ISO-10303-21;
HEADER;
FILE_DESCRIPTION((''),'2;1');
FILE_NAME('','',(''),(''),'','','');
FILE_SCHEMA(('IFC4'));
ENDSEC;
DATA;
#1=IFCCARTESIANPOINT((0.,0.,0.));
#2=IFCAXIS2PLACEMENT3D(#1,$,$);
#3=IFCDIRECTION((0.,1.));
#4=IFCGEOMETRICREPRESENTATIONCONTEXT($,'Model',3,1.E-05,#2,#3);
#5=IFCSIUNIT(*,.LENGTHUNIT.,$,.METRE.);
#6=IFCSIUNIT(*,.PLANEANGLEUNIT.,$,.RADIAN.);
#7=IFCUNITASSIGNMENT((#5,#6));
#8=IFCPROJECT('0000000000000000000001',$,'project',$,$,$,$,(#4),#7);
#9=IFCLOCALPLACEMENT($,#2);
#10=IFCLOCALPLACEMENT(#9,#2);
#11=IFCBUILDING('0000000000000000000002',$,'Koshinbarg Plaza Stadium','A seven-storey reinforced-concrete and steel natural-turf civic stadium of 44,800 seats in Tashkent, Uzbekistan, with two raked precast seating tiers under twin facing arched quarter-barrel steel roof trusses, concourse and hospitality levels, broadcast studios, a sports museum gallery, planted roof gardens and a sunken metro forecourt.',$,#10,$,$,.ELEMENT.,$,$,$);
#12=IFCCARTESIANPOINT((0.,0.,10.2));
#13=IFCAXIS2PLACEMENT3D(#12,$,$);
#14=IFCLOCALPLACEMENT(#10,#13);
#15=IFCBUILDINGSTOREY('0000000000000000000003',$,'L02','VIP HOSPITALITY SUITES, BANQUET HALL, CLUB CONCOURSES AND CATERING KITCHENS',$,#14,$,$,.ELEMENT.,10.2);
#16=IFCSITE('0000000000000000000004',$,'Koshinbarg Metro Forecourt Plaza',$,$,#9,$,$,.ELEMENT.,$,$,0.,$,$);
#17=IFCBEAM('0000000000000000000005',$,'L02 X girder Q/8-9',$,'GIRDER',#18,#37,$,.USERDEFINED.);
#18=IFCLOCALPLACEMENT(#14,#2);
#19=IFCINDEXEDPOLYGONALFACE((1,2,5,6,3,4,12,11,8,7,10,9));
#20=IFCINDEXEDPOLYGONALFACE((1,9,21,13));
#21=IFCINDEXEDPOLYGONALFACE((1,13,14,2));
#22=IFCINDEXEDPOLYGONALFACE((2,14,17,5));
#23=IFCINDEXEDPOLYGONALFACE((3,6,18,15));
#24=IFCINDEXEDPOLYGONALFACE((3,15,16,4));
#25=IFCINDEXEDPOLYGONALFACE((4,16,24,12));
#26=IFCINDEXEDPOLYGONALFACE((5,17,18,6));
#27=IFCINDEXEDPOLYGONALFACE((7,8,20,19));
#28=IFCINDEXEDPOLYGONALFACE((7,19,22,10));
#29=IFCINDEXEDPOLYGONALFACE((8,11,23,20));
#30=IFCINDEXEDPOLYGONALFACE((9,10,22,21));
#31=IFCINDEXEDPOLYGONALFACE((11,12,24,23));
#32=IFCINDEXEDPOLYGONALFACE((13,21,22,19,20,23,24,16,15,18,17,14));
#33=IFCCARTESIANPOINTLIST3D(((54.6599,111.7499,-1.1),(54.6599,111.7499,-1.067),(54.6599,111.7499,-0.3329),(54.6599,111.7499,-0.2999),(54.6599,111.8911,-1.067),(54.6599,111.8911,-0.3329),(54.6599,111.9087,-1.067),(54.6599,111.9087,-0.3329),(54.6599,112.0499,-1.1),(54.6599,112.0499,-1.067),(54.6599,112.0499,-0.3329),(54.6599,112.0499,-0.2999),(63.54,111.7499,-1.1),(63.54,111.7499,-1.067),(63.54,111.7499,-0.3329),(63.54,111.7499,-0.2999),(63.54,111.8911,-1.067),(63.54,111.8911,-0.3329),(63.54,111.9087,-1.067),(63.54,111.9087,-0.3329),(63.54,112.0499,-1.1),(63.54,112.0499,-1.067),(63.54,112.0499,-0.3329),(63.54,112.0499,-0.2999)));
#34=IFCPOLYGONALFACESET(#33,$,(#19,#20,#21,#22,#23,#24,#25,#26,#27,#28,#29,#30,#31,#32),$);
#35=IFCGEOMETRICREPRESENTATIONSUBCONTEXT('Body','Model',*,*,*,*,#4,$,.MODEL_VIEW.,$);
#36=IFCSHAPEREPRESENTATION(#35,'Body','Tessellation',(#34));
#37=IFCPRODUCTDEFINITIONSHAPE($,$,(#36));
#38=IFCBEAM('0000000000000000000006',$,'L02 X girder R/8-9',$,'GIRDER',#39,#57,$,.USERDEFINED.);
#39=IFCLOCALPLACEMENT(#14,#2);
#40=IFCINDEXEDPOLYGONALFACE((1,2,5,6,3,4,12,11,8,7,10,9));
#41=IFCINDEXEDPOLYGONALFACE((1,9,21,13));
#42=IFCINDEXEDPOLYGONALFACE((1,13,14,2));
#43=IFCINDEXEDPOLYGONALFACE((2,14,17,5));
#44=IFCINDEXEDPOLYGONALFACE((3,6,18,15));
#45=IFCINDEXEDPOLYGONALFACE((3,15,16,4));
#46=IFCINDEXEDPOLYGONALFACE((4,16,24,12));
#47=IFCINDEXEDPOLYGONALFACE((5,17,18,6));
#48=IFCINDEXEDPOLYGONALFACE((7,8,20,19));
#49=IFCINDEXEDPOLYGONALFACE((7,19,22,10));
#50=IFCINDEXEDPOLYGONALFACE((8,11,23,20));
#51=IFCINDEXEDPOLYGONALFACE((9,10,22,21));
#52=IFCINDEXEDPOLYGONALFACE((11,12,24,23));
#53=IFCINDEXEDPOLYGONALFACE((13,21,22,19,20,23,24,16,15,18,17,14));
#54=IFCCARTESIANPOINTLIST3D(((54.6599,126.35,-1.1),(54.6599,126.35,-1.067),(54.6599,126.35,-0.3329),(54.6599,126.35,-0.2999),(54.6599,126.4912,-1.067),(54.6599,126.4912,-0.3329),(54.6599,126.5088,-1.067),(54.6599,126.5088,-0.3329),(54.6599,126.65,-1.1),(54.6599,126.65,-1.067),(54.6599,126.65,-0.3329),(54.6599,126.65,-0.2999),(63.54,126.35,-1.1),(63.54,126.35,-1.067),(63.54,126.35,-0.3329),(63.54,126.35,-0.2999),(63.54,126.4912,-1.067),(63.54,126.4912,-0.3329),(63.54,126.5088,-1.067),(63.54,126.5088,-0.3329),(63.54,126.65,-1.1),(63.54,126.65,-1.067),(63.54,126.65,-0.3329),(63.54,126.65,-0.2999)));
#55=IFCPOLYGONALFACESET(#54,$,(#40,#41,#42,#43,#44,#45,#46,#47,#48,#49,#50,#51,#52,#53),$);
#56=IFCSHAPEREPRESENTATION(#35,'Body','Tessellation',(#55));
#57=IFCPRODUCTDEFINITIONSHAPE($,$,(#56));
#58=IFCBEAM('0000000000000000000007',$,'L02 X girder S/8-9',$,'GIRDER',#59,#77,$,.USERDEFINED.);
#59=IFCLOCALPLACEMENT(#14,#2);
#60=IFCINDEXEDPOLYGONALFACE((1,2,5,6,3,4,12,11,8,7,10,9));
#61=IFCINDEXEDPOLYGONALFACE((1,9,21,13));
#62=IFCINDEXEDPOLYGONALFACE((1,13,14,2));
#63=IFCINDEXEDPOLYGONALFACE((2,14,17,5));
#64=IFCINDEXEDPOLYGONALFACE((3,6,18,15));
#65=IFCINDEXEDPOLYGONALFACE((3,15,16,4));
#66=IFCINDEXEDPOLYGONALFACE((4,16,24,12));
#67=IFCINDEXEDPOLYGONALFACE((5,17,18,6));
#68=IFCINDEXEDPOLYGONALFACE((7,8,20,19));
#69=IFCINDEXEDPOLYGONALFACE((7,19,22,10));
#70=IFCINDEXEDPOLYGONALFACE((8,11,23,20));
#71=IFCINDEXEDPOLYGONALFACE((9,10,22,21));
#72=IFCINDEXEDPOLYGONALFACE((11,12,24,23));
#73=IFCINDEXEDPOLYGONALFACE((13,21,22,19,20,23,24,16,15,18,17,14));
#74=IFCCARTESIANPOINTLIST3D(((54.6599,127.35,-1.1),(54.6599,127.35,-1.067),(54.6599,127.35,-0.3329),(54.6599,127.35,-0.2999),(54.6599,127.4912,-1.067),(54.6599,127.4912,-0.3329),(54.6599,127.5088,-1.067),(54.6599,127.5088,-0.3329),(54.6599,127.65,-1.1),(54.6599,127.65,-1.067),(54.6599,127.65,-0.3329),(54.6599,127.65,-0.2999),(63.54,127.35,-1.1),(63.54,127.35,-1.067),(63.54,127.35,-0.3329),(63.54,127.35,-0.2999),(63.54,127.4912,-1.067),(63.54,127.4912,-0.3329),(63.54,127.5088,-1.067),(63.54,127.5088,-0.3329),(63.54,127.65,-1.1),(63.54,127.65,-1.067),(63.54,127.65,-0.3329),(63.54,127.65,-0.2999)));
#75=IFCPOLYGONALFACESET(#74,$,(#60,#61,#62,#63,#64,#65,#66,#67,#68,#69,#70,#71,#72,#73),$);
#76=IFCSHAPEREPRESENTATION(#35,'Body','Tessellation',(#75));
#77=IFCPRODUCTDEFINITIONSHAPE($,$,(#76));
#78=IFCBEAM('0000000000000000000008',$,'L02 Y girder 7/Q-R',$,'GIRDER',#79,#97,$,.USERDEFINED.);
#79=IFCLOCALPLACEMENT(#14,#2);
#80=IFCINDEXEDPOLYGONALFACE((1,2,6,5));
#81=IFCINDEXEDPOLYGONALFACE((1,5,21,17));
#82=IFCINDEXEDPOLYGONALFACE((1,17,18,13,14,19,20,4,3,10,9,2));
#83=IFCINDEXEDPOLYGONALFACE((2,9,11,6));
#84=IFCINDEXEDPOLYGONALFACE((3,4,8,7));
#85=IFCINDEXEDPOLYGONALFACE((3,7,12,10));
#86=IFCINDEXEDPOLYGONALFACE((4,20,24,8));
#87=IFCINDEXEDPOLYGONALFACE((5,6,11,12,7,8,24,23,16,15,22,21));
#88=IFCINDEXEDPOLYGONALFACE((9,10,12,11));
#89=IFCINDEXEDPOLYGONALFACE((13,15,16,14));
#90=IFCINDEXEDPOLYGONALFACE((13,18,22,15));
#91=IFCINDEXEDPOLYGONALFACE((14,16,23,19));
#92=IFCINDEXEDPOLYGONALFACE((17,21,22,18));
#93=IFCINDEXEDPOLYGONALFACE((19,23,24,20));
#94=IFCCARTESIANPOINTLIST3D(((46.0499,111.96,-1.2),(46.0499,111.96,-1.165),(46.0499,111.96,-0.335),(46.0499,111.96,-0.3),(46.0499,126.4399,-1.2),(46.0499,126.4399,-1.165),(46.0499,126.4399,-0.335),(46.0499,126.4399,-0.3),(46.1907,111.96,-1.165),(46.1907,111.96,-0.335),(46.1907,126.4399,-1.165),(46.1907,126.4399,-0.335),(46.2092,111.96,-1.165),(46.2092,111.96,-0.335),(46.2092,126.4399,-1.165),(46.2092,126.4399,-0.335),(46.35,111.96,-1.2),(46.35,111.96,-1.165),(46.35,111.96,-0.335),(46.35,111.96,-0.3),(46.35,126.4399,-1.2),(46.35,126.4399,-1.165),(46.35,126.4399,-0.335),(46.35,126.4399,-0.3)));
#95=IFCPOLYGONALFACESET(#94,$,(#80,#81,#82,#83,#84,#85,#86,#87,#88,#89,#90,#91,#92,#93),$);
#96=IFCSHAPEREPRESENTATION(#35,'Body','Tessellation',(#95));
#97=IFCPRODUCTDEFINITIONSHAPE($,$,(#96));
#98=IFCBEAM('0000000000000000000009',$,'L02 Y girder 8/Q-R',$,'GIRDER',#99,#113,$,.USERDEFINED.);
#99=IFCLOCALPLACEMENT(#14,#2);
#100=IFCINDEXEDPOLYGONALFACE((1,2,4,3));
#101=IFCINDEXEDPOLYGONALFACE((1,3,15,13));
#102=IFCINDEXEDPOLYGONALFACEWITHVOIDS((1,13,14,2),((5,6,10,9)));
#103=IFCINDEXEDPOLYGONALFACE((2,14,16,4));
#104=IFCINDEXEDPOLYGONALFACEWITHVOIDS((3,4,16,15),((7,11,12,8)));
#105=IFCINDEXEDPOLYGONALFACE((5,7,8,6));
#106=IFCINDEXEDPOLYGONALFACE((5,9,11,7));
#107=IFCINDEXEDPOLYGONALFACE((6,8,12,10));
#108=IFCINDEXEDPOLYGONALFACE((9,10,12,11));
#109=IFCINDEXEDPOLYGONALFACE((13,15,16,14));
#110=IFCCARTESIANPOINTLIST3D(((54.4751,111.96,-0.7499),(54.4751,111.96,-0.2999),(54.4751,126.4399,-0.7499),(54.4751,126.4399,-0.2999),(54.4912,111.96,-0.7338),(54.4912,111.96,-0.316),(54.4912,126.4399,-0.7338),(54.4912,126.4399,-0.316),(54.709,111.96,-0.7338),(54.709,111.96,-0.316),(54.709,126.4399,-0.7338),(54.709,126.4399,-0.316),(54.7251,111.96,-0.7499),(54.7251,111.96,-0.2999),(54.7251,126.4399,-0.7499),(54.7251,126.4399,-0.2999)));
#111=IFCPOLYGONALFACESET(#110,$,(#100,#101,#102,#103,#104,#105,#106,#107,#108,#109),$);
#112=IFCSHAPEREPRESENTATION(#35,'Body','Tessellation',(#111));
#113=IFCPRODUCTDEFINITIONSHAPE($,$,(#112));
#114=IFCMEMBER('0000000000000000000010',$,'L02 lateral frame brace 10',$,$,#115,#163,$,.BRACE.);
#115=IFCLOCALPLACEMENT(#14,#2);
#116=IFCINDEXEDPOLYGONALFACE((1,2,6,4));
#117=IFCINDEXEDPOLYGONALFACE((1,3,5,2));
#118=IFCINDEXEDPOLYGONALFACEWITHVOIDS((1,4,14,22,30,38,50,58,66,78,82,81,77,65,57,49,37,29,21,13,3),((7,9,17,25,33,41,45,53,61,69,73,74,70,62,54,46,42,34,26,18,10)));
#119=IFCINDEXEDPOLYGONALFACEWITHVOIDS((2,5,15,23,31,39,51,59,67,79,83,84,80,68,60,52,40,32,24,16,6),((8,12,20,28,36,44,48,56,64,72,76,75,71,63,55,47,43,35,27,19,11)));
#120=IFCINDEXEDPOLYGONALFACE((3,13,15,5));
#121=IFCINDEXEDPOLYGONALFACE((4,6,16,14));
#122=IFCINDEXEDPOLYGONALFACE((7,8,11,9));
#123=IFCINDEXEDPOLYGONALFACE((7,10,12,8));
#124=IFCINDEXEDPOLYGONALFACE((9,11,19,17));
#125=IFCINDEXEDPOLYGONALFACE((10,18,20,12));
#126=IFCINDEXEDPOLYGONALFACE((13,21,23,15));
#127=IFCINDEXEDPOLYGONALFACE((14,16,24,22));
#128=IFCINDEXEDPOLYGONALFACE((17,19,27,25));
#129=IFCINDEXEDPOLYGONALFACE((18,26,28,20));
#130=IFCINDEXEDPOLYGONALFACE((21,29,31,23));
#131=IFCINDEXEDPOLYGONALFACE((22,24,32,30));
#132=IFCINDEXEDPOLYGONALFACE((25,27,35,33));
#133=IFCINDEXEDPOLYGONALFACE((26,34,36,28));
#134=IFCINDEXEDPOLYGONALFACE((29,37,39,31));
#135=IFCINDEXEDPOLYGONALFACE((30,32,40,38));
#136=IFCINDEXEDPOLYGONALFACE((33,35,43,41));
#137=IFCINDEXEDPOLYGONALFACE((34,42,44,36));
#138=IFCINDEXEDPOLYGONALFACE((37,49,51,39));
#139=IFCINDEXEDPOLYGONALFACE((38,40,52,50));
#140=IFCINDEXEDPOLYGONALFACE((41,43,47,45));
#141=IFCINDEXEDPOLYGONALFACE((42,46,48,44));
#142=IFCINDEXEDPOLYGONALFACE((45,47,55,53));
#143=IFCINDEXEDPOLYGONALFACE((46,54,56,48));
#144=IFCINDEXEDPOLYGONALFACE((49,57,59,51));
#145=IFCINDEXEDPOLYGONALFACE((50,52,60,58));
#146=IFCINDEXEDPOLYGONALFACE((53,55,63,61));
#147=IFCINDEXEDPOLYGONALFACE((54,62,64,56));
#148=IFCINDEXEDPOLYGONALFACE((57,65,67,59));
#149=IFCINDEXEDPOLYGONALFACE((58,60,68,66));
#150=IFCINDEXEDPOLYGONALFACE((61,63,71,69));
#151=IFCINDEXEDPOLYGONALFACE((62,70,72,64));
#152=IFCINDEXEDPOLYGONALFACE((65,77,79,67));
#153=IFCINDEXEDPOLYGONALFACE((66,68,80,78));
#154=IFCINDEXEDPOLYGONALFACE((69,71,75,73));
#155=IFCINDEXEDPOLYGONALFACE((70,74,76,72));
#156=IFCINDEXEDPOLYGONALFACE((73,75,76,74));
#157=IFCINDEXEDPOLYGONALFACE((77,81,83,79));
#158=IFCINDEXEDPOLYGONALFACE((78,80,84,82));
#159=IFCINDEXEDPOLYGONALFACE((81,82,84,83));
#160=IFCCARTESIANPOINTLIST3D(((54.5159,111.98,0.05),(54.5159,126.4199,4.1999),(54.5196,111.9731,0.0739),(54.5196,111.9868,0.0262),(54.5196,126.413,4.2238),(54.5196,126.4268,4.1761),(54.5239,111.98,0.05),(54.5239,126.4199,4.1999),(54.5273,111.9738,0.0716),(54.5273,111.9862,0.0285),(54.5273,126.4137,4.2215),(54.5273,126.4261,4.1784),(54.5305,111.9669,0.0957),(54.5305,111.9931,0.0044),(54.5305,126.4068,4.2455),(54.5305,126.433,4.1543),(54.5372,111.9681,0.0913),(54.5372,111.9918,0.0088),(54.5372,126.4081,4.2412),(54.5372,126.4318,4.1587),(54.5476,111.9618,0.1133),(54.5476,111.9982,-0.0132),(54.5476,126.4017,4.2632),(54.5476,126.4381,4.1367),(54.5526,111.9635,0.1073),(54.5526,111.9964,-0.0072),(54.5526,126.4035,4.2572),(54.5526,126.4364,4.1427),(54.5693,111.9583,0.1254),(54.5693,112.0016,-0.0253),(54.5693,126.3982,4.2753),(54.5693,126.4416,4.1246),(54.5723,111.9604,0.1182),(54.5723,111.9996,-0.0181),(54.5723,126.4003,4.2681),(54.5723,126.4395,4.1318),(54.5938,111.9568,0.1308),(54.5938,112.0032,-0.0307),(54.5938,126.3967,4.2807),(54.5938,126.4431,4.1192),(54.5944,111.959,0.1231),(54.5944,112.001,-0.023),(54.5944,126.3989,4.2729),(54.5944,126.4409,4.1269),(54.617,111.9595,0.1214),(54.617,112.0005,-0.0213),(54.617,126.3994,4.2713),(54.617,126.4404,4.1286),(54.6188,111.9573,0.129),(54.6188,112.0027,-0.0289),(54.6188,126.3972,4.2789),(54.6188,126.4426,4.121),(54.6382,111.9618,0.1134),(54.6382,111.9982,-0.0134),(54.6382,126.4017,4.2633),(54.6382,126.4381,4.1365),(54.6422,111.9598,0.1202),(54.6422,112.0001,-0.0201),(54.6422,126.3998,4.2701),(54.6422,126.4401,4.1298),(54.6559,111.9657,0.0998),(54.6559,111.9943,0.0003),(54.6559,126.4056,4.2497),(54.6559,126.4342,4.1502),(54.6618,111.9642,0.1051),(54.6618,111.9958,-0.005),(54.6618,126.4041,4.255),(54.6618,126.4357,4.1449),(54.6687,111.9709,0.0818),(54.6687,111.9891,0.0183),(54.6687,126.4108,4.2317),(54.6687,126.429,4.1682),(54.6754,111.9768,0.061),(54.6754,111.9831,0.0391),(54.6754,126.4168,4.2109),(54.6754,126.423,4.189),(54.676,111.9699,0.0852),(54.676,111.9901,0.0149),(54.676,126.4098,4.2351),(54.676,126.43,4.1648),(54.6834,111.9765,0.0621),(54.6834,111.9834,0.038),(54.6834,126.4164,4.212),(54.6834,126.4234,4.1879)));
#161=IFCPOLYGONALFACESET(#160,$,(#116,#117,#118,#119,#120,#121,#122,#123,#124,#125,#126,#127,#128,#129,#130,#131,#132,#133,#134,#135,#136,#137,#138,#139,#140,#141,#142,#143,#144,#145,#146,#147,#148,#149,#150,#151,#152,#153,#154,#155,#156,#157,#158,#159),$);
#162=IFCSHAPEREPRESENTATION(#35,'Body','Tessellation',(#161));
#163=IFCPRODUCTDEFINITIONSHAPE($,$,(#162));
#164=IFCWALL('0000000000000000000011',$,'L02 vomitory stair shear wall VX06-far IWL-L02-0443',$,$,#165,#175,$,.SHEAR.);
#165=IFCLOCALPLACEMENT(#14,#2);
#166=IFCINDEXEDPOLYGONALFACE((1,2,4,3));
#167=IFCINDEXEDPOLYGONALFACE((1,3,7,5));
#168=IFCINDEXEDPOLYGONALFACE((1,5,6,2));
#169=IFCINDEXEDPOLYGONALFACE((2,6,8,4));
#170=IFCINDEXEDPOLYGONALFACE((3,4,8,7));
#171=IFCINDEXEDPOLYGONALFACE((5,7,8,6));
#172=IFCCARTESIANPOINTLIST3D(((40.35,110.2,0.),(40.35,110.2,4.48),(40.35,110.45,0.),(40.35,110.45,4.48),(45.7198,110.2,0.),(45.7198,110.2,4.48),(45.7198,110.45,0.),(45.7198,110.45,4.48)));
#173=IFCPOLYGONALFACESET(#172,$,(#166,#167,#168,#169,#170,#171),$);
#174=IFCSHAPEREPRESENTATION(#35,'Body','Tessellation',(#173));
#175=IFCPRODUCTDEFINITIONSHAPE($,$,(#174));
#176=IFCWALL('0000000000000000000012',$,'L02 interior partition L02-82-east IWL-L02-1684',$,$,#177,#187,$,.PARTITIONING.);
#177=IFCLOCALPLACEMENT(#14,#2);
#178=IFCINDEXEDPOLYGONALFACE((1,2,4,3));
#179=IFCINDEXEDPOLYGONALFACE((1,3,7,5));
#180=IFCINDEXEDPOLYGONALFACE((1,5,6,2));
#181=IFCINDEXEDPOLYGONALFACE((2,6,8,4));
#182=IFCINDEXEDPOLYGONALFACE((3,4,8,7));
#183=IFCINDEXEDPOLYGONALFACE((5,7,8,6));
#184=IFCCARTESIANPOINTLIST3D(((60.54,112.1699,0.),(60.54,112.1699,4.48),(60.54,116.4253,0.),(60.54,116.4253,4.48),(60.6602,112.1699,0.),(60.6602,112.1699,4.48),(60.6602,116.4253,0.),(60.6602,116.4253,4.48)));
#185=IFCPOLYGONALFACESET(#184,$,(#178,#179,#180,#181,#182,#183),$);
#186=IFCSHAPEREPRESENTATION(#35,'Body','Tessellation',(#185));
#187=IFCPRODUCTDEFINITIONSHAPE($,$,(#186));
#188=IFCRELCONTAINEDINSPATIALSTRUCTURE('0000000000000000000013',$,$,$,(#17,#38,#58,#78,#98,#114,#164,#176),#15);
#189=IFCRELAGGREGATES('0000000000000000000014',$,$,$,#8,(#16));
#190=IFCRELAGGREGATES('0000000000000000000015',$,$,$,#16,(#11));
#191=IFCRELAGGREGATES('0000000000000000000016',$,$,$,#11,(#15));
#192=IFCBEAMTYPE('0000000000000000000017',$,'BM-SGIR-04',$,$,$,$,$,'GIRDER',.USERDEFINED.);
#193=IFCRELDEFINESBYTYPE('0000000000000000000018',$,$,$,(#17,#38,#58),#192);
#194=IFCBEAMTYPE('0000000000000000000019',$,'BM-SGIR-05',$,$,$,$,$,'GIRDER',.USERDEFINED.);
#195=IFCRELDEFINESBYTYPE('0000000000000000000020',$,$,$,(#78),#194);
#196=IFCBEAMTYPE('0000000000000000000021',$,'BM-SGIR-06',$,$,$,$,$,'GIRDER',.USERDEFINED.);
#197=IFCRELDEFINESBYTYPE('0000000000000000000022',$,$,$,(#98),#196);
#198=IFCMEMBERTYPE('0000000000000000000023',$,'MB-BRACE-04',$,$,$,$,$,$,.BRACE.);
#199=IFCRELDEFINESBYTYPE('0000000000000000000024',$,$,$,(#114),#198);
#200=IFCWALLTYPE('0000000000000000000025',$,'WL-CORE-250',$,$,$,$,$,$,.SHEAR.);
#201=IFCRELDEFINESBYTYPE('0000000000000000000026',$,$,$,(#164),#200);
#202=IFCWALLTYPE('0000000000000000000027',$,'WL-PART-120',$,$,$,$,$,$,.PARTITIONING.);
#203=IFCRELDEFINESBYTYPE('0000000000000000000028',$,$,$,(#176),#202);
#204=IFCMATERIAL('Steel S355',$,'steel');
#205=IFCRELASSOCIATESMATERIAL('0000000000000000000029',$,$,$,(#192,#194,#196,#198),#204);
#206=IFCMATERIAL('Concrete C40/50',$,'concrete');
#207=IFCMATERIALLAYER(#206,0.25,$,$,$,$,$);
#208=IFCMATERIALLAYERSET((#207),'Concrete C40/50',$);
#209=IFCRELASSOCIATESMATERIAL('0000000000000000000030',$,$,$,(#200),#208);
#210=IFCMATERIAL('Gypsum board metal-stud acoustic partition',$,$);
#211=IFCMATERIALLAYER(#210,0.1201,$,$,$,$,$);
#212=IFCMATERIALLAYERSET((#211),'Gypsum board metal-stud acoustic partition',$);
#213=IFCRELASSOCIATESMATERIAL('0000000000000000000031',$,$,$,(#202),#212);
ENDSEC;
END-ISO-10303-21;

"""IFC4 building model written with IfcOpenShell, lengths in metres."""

from ifc_helpers import new_model, si_unit, direction, frame, frame_2d, origin, origin_2d, place, context, subcontext, project, spatial, rectangle, hollow_rectangle, hollow_circle, i_section, extrude, material, layer, layer_set, material_profile, profile_set, type_object, element, save


model = new_model("IFC4")

# Units and contexts
model_context = context("Model", 3, precision=1e-05, world=origin(), true_north=direction((0.0, 1.0)))
body_context = subcontext(model_context, "Body", "Model", "MODEL_VIEW")
ifc_project = project(units=[si_unit("LENGTHUNIT", "METRE"), si_unit("PLANEANGLEUNIT", "RADIAN")], contexts=[model_context])

# Site, building, storey
site_placement = place(None, origin())
site = spatial("IfcSite", under=ifc_project, at=site_placement, Name="Koshinbarg Metro Forecourt Plaza", CompositionType="ELEMENT", RefElevation=0.0)
building_placement = place(site_placement, origin())
building = spatial("IfcBuilding", under=site, at=building_placement, Name="Koshinbarg Plaza Stadium", Description="A seven-storey reinforced-concrete and steel natural-turf civic stadium of 44,800 seats in Tashkent, Uzbekistan, with two raked precast seating tiers under twin facing arched quarter-barrel steel roof trusses, concourse and hospitality levels, broadcast studios, a sports museum gallery, planted roof gardens and a sunken metro forecourt.", CompositionType="ELEMENT")
storey_placement = place(building_placement, frame((0.0, 0.0, 10.2)))
storey = spatial("IfcBuildingStorey", under=building, at=storey_placement, Name="L02", Description="VIP HOSPITALITY SUITES, BANQUET HALL, CLUB CONCOURSES AND CATERING KITCHENS", CompositionType="ELEMENT", Elevation=10.2)

# Shared definitions
ifc_material_1 = material(Name="Concrete C40/50", Category="concrete")

# Beams
ifc_material_2 = material(Name="Steel S355", Category="steel")
ifc_material_profile_1 = material_profile(ifc_material_2, i_section(OverallWidth=0.3, OverallDepth=0.8, WebThickness=0.0176, FlangeThickness=0.033, at=origin_2d()), Name="HEB 800")
ifc_profile_set_1 = profile_set([ifc_material_profile_1], Name="Steel S355")
beam_type_1 = type_object("IfcBeamType", Name="BM-SGIR-04", ElementType="GIRDER", PredefinedType="USERDEFINED", material=ifc_profile_set_1)
for number, where, z_axis, x_axis, name in (
    (1, (54.6599, 111.8999, -0.7), (1.0, 0.0, 0.0), (0.0, 1.0, 0.0), "L02 X girder Q/8-9"),
    (2, (54.6599, 126.5, -0.7), (1.0, 0.0, 0.0), (0.0, 1.0, 0.0), "L02 X girder R/8-9"),
    (3, (54.6599, 127.5, -0.7), (1.0, 0.0, 0.0), (0.0, 1.0, 0.0), "L02 X girder S/8-9"),
):
    element("IfcBeam", number, at=place(storey_placement, frame(where, z_axis=z_axis, x_axis=x_axis)), inside=storey, type_object=beam_type_1, Name=name, ObjectType="GIRDER", PredefinedType="USERDEFINED", context=body_context, shape_type="SweptSolid", body=[
        extrude(i_section(OverallWidth=0.3, OverallDepth=0.8, WebThickness=0.0176, FlangeThickness=0.033, at=origin_2d()), origin(), (0.0, 0.0, 1.0), 8.8801),
    ])
ifc_material_profile_2 = material_profile(ifc_material_2, i_section(OverallWidth=0.3, OverallDepth=0.8999, WebThickness=0.0186, FlangeThickness=0.0349, at=origin_2d()), Name="HEB 900")
ifc_profile_set_2 = profile_set([ifc_material_profile_2], Name="Steel S355")
beam_type_2 = type_object("IfcBeamType", Name="BM-SGIR-05", ElementType="GIRDER", PredefinedType="USERDEFINED", material=ifc_profile_set_2)
beam_1_placement = place(storey_placement, frame((46.2, 111.96, -0.75), z_axis=(0.0, 1.0, 0.0), x_axis=(-1.0, 0.0, 0.0)))
element("IfcBeam", 4, at=beam_1_placement, inside=storey, type_object=beam_type_2, Name="L02 Y girder 7/Q-R", ObjectType="GIRDER", PredefinedType="USERDEFINED", context=body_context, shape_type="SweptSolid", body=[
    extrude(i_section(OverallWidth=0.3, OverallDepth=0.8999, WebThickness=0.0186, FlangeThickness=0.0349, at=origin_2d()), origin(), (0.0, 0.0, 1.0), 14.48),
])
ifc_material_profile_3 = material_profile(ifc_material_2, hollow_rectangle(XDim=0.25, YDim=0.45, WallThickness=0.0161, at=origin_2d()), Name="RHS 450x250x16")
ifc_profile_set_3 = profile_set([ifc_material_profile_3], Name="Steel S355")
beam_type_3 = type_object("IfcBeamType", Name="BM-SGIR-06", ElementType="GIRDER", PredefinedType="USERDEFINED", material=ifc_profile_set_3)
beam_2_placement = place(storey_placement, frame((54.6001, 111.96, -0.5249), z_axis=(0.0, 1.0, 0.0), x_axis=(-1.0, 0.0, 0.0)))
element("IfcBeam", 5, at=beam_2_placement, inside=storey, type_object=beam_type_3, Name="L02 Y girder 8/Q-R", ObjectType="GIRDER", PredefinedType="USERDEFINED", context=body_context, shape_type="SweptSolid", body=[
    extrude(hollow_rectangle(XDim=0.25, YDim=0.45, WallThickness=0.0161, at=origin_2d()), origin(), (0.0, 0.0, 1.0), 14.48),
])

# Member
ifc_material_profile_4 = material_profile(ifc_material_2, hollow_circle(Radius=0.0842, WallThickness=0.0081, at=origin_2d()), Name="CHS 168.3x8")
ifc_profile_set_4 = profile_set([ifc_material_profile_4], Name="Steel S355")
member_type = type_object("IfcMemberType", Name="MB-BRACE-04", PredefinedType="BRACE", material=ifc_profile_set_4)
member_placement = place(storey_placement, frame((54.6001, 111.98, 0.05), z_axis=(0.0, 0.961097, 0.27621), x_axis=(-1.0, 0.0, 0.0)))
element("IfcMember", 6, at=member_placement, inside=storey, type_object=member_type, Name="L02 lateral frame brace 10", PredefinedType="BRACE", context=body_context, shape_type="SweptSolid", body=[
    extrude(hollow_circle(Radius=0.0842, WallThickness=0.0081, at=origin_2d()), origin(), (0.0, 0.0, 1.0), 15.0244),
])

# Walls
ifc_layer_1 = layer(ifc_material_1, 0.25)
ifc_layer_set_1 = layer_set([ifc_layer_1], Name="Concrete C40/50")
wall_type_1 = type_object("IfcWallType", Name="WL-CORE-250", PredefinedType="SHEAR", material=ifc_layer_set_1)
wall_1_placement = place(storey_placement, frame((45.72, 110.325, 0.0), z_axis=(0.0, 0.0, 1.0), x_axis=(-1.0, 0.0, 0.0)))
element("IfcWall", 7, at=wall_1_placement, inside=storey, type_object=wall_type_1, Name="L02 vomitory stair shear wall VX06-far IWL-L02-0443", PredefinedType="SHEAR", context=body_context, shape_type="SweptSolid", body=[
    extrude(rectangle(XDim=5.3699, YDim=0.25, at=frame_2d((2.6851, 0.0))), origin(), (0.0, 0.0, 1.0), 4.48),
])
ifc_material_3 = material(Name="Gypsum board metal-stud acoustic partition")
ifc_layer_2 = layer(ifc_material_3, 0.1201)
ifc_layer_set_2 = layer_set([ifc_layer_2], Name="Gypsum board metal-stud acoustic partition")
wall_type_2 = type_object("IfcWallType", Name="WL-PART-120", PredefinedType="PARTITIONING", material=ifc_layer_set_2)
wall_2_placement = place(storey_placement, frame((60.6001, 112.1699, 0.0), z_axis=(0.0, 0.0, 1.0), x_axis=(0.0, 1.0, 0.0)))
element("IfcWall", 8, at=wall_2_placement, inside=storey, type_object=wall_type_2, Name="L02 interior partition L02-82-east IWL-L02-1684", PredefinedType="PARTITIONING", context=body_context, shape_type="SweptSolid", body=[
    extrude(rectangle(XDim=4.2554, YDim=0.1201, at=frame_2d((2.1277, 0.0))), origin(), (0.0, 0.0, 1.0), 4.48),
])

save(model, "model.ifc")
